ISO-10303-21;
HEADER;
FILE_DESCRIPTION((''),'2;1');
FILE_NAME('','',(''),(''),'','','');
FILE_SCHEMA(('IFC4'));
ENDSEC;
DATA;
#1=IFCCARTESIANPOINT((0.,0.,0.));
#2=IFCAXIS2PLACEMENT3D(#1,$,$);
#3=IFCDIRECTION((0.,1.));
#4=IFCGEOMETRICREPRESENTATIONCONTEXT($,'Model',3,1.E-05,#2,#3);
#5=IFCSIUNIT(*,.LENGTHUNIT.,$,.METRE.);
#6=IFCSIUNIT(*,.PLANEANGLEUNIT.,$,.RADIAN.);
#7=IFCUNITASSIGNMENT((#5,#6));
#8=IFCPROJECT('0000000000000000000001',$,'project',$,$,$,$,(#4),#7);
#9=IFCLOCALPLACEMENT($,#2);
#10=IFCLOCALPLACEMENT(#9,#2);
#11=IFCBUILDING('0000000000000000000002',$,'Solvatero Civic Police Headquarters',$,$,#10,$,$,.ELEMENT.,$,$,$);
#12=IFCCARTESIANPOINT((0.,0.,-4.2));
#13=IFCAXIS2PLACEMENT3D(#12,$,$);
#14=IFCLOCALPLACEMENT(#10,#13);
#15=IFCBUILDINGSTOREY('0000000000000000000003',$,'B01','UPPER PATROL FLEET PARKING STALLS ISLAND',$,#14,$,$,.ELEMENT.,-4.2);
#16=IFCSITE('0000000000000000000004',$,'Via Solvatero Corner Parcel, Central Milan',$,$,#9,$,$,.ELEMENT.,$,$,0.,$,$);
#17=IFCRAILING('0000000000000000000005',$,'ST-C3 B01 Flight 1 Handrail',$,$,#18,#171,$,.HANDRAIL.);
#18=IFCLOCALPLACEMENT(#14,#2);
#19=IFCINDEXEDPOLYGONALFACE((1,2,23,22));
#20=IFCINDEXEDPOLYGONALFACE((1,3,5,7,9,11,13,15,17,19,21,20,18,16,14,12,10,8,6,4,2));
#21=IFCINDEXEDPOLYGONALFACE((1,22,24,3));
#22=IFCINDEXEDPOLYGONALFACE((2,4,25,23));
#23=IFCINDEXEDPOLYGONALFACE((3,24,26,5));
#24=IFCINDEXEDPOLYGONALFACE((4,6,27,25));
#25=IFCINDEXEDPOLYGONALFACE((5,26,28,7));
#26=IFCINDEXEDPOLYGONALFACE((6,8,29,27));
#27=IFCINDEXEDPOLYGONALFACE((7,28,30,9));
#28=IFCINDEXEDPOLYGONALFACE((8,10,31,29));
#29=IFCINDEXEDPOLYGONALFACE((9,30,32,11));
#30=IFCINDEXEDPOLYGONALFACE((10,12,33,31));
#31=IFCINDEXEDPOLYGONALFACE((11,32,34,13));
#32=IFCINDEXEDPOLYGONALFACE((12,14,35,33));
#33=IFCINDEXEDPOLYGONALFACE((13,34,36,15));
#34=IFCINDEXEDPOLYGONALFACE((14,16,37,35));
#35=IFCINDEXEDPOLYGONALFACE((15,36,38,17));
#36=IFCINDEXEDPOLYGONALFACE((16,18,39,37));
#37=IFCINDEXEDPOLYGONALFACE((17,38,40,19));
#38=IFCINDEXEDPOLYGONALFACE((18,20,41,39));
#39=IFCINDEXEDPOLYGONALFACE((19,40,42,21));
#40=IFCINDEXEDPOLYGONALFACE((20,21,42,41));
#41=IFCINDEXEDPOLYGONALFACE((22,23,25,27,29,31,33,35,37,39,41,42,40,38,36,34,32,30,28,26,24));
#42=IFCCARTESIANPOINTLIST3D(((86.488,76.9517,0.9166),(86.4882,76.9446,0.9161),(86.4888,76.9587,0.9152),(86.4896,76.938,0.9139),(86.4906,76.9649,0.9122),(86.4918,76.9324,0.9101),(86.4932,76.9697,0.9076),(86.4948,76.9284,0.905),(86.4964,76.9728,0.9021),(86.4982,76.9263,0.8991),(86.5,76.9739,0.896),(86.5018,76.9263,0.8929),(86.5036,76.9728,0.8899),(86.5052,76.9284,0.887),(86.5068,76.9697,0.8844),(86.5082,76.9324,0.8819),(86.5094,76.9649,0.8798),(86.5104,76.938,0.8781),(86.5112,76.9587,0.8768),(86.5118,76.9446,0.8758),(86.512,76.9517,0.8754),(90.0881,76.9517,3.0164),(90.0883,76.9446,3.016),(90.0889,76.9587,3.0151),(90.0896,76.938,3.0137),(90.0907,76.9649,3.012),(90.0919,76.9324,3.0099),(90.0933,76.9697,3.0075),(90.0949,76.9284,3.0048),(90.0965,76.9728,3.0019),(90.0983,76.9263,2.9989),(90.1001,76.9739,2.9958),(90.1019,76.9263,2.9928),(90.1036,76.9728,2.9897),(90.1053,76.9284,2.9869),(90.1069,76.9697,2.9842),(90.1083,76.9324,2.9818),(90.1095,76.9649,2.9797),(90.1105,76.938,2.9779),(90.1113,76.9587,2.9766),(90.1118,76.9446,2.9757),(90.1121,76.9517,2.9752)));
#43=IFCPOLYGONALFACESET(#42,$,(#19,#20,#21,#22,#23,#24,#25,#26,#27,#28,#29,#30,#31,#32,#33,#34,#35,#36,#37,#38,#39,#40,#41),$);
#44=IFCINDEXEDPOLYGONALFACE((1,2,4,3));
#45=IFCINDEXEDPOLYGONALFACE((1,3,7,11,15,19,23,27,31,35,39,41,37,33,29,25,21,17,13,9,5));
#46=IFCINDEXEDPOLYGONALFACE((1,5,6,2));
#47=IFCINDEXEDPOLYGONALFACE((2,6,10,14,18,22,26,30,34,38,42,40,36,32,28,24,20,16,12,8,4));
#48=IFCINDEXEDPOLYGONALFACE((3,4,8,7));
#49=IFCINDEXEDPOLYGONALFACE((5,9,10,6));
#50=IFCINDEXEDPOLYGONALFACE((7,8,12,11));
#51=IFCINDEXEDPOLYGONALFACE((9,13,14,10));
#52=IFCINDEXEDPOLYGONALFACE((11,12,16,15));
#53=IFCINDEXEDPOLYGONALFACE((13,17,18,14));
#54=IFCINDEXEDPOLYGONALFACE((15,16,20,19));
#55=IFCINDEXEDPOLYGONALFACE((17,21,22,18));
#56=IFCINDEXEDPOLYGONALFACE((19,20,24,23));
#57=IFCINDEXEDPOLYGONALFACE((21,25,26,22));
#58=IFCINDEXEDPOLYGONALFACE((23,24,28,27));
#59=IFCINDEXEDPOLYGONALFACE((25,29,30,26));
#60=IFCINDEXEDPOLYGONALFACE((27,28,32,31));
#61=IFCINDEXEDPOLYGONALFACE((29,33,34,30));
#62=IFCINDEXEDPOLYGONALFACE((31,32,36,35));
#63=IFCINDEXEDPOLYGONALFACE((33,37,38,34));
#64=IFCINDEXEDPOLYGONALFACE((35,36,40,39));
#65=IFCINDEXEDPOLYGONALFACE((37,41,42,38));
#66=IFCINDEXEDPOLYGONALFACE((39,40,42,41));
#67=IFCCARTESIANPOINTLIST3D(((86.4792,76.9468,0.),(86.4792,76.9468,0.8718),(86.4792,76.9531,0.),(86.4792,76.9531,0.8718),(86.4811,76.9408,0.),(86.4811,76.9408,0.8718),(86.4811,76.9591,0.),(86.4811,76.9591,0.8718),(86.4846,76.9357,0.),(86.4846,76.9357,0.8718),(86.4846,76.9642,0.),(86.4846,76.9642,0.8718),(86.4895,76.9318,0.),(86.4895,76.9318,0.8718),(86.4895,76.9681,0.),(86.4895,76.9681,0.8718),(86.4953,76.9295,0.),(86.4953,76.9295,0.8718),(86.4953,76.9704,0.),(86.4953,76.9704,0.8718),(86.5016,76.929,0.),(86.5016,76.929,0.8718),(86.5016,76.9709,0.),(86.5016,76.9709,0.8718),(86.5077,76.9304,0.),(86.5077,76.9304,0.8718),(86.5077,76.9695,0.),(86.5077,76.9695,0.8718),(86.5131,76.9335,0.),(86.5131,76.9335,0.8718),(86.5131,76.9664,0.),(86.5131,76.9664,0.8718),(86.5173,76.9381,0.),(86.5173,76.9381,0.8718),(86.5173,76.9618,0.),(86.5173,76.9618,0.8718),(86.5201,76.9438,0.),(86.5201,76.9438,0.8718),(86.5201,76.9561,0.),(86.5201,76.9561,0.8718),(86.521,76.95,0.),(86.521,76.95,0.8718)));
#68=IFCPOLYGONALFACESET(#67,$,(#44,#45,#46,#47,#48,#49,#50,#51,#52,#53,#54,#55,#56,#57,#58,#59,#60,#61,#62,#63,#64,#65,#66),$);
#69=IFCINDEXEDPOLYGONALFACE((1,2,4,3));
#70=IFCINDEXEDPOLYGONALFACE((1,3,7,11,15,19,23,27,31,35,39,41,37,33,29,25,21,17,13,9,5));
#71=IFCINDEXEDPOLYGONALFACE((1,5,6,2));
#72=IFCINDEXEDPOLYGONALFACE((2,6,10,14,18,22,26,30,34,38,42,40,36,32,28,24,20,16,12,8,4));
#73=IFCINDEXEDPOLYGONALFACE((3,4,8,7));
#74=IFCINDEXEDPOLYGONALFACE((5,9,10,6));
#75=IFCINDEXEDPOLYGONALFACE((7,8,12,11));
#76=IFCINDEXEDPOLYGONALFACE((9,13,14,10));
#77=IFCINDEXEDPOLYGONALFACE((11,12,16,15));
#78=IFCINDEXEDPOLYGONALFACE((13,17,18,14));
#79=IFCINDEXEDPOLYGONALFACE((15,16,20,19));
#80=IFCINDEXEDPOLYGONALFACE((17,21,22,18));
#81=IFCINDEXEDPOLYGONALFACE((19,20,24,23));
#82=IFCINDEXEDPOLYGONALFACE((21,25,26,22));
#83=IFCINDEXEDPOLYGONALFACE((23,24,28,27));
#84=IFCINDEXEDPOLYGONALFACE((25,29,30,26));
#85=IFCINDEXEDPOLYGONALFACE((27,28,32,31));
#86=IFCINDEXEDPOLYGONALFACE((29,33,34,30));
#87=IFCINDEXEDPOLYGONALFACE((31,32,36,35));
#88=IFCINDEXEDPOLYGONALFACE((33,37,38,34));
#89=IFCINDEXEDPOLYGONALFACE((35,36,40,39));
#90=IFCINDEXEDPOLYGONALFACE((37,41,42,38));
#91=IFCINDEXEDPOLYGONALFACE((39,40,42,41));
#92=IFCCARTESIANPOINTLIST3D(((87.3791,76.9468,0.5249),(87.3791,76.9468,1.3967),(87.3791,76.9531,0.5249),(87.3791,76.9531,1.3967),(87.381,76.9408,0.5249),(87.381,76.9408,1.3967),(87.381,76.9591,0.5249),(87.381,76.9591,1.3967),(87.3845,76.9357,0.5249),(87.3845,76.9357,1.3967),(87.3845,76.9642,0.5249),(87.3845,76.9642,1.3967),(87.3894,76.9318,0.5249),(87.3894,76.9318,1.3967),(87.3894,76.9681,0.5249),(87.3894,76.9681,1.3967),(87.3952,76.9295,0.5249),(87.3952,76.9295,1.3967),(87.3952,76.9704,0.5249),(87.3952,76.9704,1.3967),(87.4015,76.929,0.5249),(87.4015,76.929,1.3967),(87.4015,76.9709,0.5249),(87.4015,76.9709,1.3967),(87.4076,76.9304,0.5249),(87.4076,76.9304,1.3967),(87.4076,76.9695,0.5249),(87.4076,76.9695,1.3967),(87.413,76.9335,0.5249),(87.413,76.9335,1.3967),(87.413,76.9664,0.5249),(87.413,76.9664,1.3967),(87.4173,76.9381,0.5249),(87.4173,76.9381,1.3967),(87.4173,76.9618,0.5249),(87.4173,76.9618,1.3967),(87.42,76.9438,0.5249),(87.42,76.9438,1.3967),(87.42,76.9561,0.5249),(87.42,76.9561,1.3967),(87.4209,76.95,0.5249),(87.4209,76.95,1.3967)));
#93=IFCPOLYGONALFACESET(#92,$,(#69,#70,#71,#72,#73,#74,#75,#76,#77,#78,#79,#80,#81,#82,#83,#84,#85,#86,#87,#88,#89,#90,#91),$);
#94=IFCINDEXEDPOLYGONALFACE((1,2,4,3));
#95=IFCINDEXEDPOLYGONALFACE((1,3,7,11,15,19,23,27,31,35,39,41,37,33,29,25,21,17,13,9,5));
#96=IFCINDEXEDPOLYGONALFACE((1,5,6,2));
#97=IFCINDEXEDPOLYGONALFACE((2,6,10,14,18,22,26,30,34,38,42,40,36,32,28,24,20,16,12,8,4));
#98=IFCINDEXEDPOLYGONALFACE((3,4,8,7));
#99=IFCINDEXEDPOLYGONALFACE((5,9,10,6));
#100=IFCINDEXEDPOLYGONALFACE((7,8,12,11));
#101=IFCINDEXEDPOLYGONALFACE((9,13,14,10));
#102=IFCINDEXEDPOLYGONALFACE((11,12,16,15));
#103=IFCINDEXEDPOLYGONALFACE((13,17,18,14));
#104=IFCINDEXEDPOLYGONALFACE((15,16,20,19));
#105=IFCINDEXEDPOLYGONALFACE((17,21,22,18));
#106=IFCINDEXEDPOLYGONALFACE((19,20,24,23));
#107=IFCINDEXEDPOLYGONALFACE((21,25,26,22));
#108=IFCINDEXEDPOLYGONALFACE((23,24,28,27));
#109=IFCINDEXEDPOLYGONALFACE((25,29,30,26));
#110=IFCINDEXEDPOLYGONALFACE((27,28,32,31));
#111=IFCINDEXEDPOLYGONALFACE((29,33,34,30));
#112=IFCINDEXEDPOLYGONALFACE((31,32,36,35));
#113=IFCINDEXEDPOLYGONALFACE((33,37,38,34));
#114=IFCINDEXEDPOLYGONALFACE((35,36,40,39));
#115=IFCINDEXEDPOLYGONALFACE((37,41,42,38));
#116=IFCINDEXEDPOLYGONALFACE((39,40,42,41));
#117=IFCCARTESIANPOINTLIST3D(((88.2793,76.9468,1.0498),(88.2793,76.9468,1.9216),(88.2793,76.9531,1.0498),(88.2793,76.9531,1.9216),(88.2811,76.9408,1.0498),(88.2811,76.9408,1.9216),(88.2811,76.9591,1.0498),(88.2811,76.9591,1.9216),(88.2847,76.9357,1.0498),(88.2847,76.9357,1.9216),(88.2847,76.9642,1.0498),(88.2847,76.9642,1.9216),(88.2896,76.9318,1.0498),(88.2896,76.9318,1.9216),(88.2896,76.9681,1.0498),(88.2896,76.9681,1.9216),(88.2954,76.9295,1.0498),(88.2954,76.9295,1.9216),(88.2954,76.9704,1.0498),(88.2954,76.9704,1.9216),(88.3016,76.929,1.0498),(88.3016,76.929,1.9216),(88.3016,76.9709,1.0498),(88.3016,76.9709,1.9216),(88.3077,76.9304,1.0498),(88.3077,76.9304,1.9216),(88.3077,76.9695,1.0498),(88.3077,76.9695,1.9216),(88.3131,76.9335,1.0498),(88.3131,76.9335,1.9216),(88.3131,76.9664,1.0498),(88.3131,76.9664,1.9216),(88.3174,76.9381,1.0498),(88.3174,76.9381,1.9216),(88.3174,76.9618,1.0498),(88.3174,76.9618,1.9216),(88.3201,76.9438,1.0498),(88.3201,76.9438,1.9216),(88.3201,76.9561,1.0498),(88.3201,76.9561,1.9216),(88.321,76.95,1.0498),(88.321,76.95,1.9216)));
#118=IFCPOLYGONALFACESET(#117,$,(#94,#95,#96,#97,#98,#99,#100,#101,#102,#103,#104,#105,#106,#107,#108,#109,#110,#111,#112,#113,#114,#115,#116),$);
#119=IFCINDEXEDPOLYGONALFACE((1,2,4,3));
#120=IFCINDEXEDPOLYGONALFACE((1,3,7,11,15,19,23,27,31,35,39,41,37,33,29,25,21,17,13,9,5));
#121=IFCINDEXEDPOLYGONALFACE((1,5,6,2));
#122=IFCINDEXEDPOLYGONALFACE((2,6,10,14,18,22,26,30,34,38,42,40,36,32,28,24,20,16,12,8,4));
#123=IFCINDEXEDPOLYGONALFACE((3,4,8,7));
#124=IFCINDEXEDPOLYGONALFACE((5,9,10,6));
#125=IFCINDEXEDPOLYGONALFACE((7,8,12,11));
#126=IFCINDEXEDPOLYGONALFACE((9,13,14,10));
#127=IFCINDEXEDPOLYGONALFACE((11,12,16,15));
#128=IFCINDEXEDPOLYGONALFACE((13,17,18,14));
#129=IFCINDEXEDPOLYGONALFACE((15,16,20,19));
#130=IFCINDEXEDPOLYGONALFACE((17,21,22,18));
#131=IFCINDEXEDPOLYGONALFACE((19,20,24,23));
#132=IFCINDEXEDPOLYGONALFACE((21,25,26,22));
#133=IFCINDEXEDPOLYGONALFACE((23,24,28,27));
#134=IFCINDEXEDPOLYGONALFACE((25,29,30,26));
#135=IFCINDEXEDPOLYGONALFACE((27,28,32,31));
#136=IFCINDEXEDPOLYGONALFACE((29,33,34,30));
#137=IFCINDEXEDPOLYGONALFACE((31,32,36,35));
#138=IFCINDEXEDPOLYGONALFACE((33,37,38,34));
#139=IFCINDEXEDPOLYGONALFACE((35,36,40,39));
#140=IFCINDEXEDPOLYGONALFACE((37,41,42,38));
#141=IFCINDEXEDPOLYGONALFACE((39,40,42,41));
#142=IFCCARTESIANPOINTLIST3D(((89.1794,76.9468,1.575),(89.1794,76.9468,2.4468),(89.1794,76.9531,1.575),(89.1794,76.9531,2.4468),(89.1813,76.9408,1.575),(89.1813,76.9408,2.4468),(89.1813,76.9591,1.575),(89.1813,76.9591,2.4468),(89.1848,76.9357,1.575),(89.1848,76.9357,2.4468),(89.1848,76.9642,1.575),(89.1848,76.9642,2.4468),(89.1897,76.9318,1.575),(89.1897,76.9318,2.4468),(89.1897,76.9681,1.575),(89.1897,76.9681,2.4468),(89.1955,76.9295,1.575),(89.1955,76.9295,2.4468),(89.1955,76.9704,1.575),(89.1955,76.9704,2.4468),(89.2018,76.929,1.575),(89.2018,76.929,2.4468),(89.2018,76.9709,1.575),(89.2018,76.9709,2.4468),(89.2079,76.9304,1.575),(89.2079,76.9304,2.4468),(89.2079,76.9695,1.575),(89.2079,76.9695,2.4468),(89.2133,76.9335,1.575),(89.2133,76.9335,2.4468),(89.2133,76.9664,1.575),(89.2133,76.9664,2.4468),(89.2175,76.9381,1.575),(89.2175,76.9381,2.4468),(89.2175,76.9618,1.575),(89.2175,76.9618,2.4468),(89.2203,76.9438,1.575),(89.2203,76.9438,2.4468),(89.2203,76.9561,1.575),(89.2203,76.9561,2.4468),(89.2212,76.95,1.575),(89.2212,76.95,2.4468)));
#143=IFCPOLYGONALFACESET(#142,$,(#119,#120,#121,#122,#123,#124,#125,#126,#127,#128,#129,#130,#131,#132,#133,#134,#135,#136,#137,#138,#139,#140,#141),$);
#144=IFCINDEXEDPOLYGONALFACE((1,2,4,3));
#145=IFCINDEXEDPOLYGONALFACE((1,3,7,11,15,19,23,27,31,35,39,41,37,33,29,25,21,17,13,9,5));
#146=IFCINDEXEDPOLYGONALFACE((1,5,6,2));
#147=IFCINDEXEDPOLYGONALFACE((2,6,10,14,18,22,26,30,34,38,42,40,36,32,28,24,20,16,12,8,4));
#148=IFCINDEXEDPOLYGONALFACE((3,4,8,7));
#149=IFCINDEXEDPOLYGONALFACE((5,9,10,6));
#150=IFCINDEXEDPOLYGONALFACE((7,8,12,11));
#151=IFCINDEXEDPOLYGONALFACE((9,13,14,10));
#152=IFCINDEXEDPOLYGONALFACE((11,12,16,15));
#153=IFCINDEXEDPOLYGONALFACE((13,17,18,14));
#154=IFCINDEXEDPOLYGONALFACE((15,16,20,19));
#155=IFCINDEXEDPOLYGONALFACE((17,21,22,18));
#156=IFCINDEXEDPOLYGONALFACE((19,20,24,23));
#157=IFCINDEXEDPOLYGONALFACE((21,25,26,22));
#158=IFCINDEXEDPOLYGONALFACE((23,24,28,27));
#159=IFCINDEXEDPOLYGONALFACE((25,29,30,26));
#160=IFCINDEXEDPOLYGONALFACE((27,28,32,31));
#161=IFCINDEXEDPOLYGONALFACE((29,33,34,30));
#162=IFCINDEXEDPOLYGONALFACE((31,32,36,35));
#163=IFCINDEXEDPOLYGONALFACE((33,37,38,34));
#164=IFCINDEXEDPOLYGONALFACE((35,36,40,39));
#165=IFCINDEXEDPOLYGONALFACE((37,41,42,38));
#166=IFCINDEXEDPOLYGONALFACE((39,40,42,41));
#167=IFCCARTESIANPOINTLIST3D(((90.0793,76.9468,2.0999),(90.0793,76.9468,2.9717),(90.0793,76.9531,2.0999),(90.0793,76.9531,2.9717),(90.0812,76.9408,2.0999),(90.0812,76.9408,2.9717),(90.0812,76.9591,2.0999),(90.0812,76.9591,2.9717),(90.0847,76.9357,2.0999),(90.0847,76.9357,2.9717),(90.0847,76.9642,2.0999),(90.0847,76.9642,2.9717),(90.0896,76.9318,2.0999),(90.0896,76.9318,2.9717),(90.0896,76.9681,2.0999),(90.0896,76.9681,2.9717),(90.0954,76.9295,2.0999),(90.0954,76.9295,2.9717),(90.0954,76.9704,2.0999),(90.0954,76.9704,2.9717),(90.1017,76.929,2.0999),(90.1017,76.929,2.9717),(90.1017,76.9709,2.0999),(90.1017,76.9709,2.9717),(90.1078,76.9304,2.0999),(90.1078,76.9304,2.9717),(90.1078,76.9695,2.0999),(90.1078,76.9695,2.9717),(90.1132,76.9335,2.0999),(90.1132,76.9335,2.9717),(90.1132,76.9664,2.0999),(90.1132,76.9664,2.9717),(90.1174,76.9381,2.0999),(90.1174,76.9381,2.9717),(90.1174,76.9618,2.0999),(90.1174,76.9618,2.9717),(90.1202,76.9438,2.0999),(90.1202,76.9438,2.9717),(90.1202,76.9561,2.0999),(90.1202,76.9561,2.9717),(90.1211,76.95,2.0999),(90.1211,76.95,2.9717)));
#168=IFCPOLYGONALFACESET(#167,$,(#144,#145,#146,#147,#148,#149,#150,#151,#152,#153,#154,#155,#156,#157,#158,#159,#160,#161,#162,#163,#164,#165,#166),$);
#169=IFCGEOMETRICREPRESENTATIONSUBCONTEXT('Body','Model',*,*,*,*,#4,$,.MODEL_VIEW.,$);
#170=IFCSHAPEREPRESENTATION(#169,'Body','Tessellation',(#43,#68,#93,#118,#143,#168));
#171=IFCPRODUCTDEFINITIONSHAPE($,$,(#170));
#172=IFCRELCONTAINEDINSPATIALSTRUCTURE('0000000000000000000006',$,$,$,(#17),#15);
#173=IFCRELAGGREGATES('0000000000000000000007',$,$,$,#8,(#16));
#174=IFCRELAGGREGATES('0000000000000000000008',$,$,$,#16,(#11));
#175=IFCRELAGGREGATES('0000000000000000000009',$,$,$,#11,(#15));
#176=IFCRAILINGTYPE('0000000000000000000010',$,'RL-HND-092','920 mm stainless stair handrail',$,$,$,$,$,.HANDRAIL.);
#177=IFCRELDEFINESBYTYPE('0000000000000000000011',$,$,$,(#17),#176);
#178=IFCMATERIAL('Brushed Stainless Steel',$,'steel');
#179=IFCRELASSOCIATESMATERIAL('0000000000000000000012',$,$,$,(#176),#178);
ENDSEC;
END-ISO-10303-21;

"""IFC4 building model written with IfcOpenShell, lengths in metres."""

from ifc_helpers import new_model, si_unit, direction, frame, origin, origin_2d, place, context, subcontext, project, spatial, circle, extrude, material, type_object, element, save


model = new_model("IFC4")

# Units and contexts
model_context = context("Model", 3, precision=1e-05, world=origin(), true_north=direction((0.0, 1.0)))
body_context = subcontext(model_context, "Body", "Model", "MODEL_VIEW")
ifc_project = project(units=[si_unit("LENGTHUNIT", "METRE"), si_unit("PLANEANGLEUNIT", "RADIAN")], contexts=[model_context])

# Site, building, storey
site_placement = place(None, origin())
site = spatial("IfcSite", under=ifc_project, at=site_placement, Name="Via Solvatero Corner Parcel, Central Milan", CompositionType="ELEMENT", RefElevation=0.0)
building_placement = place(site_placement, origin())
building = spatial("IfcBuilding", under=site, at=building_placement, Name="Solvatero Civic Police Headquarters", CompositionType="ELEMENT")
storey_placement = place(building_placement, frame((0.0, 0.0, -4.2)))
storey = spatial("IfcBuildingStorey", under=building, at=storey_placement, Name="B01", Description="UPPER PATROL FLEET PARKING STALLS ISLAND", CompositionType="ELEMENT", Elevation=-4.2)

# Railing
ifc_material_1 = material(Name="Brushed Stainless Steel", Category="steel")
railing_type_1 = type_object("IfcRailingType", Name="RL-HND-092", Description="920 mm stainless stair handrail", PredefinedType="HANDRAIL", material=ifc_material_1)
railing_1_placement = place(storey_placement, frame((86.5, 76.95, 0.0)))
element("IfcRailing", 1, at=railing_1_placement, inside=storey, type_object=railing_type_1, Name="ST-C3 B01 Flight 1 Handrail", PredefinedType="HANDRAIL", context=body_context, shape_type="SweptSolid", body=[
    extrude(circle(Radius=0.0239, at=origin_2d()), frame((0.0, 0.0, 0.896), z_axis=(0.8638, 0.0, 0.503835), x_axis=(0.0, 1.0, 0.0)), (0.0, 0.0, 1.0), 4.1677),
    extrude(circle(Radius=0.021, at=origin_2d()), origin(), (0.0, 0.0, 1.0), 0.8718),
    extrude(circle(Radius=0.021, at=origin_2d()), frame((0.8999, 0.0, 0.5249)), (0.0, 0.0, 1.0), 0.8718),
    extrude(circle(Radius=0.021, at=origin_2d()), frame((1.8, 0.0, 1.0498)), (0.0, 0.0, 1.0), 0.8718),
    extrude(circle(Radius=0.021, at=origin_2d()), frame((2.7002, 0.0, 1.575)), (0.0, 0.0, 1.0), 0.8718),
    extrude(circle(Radius=0.021, at=origin_2d()), frame((3.6001, 0.0, 2.0999)), (0.0, 0.0, 1.0), 0.8718),
])

save(model, "model.ifc")
